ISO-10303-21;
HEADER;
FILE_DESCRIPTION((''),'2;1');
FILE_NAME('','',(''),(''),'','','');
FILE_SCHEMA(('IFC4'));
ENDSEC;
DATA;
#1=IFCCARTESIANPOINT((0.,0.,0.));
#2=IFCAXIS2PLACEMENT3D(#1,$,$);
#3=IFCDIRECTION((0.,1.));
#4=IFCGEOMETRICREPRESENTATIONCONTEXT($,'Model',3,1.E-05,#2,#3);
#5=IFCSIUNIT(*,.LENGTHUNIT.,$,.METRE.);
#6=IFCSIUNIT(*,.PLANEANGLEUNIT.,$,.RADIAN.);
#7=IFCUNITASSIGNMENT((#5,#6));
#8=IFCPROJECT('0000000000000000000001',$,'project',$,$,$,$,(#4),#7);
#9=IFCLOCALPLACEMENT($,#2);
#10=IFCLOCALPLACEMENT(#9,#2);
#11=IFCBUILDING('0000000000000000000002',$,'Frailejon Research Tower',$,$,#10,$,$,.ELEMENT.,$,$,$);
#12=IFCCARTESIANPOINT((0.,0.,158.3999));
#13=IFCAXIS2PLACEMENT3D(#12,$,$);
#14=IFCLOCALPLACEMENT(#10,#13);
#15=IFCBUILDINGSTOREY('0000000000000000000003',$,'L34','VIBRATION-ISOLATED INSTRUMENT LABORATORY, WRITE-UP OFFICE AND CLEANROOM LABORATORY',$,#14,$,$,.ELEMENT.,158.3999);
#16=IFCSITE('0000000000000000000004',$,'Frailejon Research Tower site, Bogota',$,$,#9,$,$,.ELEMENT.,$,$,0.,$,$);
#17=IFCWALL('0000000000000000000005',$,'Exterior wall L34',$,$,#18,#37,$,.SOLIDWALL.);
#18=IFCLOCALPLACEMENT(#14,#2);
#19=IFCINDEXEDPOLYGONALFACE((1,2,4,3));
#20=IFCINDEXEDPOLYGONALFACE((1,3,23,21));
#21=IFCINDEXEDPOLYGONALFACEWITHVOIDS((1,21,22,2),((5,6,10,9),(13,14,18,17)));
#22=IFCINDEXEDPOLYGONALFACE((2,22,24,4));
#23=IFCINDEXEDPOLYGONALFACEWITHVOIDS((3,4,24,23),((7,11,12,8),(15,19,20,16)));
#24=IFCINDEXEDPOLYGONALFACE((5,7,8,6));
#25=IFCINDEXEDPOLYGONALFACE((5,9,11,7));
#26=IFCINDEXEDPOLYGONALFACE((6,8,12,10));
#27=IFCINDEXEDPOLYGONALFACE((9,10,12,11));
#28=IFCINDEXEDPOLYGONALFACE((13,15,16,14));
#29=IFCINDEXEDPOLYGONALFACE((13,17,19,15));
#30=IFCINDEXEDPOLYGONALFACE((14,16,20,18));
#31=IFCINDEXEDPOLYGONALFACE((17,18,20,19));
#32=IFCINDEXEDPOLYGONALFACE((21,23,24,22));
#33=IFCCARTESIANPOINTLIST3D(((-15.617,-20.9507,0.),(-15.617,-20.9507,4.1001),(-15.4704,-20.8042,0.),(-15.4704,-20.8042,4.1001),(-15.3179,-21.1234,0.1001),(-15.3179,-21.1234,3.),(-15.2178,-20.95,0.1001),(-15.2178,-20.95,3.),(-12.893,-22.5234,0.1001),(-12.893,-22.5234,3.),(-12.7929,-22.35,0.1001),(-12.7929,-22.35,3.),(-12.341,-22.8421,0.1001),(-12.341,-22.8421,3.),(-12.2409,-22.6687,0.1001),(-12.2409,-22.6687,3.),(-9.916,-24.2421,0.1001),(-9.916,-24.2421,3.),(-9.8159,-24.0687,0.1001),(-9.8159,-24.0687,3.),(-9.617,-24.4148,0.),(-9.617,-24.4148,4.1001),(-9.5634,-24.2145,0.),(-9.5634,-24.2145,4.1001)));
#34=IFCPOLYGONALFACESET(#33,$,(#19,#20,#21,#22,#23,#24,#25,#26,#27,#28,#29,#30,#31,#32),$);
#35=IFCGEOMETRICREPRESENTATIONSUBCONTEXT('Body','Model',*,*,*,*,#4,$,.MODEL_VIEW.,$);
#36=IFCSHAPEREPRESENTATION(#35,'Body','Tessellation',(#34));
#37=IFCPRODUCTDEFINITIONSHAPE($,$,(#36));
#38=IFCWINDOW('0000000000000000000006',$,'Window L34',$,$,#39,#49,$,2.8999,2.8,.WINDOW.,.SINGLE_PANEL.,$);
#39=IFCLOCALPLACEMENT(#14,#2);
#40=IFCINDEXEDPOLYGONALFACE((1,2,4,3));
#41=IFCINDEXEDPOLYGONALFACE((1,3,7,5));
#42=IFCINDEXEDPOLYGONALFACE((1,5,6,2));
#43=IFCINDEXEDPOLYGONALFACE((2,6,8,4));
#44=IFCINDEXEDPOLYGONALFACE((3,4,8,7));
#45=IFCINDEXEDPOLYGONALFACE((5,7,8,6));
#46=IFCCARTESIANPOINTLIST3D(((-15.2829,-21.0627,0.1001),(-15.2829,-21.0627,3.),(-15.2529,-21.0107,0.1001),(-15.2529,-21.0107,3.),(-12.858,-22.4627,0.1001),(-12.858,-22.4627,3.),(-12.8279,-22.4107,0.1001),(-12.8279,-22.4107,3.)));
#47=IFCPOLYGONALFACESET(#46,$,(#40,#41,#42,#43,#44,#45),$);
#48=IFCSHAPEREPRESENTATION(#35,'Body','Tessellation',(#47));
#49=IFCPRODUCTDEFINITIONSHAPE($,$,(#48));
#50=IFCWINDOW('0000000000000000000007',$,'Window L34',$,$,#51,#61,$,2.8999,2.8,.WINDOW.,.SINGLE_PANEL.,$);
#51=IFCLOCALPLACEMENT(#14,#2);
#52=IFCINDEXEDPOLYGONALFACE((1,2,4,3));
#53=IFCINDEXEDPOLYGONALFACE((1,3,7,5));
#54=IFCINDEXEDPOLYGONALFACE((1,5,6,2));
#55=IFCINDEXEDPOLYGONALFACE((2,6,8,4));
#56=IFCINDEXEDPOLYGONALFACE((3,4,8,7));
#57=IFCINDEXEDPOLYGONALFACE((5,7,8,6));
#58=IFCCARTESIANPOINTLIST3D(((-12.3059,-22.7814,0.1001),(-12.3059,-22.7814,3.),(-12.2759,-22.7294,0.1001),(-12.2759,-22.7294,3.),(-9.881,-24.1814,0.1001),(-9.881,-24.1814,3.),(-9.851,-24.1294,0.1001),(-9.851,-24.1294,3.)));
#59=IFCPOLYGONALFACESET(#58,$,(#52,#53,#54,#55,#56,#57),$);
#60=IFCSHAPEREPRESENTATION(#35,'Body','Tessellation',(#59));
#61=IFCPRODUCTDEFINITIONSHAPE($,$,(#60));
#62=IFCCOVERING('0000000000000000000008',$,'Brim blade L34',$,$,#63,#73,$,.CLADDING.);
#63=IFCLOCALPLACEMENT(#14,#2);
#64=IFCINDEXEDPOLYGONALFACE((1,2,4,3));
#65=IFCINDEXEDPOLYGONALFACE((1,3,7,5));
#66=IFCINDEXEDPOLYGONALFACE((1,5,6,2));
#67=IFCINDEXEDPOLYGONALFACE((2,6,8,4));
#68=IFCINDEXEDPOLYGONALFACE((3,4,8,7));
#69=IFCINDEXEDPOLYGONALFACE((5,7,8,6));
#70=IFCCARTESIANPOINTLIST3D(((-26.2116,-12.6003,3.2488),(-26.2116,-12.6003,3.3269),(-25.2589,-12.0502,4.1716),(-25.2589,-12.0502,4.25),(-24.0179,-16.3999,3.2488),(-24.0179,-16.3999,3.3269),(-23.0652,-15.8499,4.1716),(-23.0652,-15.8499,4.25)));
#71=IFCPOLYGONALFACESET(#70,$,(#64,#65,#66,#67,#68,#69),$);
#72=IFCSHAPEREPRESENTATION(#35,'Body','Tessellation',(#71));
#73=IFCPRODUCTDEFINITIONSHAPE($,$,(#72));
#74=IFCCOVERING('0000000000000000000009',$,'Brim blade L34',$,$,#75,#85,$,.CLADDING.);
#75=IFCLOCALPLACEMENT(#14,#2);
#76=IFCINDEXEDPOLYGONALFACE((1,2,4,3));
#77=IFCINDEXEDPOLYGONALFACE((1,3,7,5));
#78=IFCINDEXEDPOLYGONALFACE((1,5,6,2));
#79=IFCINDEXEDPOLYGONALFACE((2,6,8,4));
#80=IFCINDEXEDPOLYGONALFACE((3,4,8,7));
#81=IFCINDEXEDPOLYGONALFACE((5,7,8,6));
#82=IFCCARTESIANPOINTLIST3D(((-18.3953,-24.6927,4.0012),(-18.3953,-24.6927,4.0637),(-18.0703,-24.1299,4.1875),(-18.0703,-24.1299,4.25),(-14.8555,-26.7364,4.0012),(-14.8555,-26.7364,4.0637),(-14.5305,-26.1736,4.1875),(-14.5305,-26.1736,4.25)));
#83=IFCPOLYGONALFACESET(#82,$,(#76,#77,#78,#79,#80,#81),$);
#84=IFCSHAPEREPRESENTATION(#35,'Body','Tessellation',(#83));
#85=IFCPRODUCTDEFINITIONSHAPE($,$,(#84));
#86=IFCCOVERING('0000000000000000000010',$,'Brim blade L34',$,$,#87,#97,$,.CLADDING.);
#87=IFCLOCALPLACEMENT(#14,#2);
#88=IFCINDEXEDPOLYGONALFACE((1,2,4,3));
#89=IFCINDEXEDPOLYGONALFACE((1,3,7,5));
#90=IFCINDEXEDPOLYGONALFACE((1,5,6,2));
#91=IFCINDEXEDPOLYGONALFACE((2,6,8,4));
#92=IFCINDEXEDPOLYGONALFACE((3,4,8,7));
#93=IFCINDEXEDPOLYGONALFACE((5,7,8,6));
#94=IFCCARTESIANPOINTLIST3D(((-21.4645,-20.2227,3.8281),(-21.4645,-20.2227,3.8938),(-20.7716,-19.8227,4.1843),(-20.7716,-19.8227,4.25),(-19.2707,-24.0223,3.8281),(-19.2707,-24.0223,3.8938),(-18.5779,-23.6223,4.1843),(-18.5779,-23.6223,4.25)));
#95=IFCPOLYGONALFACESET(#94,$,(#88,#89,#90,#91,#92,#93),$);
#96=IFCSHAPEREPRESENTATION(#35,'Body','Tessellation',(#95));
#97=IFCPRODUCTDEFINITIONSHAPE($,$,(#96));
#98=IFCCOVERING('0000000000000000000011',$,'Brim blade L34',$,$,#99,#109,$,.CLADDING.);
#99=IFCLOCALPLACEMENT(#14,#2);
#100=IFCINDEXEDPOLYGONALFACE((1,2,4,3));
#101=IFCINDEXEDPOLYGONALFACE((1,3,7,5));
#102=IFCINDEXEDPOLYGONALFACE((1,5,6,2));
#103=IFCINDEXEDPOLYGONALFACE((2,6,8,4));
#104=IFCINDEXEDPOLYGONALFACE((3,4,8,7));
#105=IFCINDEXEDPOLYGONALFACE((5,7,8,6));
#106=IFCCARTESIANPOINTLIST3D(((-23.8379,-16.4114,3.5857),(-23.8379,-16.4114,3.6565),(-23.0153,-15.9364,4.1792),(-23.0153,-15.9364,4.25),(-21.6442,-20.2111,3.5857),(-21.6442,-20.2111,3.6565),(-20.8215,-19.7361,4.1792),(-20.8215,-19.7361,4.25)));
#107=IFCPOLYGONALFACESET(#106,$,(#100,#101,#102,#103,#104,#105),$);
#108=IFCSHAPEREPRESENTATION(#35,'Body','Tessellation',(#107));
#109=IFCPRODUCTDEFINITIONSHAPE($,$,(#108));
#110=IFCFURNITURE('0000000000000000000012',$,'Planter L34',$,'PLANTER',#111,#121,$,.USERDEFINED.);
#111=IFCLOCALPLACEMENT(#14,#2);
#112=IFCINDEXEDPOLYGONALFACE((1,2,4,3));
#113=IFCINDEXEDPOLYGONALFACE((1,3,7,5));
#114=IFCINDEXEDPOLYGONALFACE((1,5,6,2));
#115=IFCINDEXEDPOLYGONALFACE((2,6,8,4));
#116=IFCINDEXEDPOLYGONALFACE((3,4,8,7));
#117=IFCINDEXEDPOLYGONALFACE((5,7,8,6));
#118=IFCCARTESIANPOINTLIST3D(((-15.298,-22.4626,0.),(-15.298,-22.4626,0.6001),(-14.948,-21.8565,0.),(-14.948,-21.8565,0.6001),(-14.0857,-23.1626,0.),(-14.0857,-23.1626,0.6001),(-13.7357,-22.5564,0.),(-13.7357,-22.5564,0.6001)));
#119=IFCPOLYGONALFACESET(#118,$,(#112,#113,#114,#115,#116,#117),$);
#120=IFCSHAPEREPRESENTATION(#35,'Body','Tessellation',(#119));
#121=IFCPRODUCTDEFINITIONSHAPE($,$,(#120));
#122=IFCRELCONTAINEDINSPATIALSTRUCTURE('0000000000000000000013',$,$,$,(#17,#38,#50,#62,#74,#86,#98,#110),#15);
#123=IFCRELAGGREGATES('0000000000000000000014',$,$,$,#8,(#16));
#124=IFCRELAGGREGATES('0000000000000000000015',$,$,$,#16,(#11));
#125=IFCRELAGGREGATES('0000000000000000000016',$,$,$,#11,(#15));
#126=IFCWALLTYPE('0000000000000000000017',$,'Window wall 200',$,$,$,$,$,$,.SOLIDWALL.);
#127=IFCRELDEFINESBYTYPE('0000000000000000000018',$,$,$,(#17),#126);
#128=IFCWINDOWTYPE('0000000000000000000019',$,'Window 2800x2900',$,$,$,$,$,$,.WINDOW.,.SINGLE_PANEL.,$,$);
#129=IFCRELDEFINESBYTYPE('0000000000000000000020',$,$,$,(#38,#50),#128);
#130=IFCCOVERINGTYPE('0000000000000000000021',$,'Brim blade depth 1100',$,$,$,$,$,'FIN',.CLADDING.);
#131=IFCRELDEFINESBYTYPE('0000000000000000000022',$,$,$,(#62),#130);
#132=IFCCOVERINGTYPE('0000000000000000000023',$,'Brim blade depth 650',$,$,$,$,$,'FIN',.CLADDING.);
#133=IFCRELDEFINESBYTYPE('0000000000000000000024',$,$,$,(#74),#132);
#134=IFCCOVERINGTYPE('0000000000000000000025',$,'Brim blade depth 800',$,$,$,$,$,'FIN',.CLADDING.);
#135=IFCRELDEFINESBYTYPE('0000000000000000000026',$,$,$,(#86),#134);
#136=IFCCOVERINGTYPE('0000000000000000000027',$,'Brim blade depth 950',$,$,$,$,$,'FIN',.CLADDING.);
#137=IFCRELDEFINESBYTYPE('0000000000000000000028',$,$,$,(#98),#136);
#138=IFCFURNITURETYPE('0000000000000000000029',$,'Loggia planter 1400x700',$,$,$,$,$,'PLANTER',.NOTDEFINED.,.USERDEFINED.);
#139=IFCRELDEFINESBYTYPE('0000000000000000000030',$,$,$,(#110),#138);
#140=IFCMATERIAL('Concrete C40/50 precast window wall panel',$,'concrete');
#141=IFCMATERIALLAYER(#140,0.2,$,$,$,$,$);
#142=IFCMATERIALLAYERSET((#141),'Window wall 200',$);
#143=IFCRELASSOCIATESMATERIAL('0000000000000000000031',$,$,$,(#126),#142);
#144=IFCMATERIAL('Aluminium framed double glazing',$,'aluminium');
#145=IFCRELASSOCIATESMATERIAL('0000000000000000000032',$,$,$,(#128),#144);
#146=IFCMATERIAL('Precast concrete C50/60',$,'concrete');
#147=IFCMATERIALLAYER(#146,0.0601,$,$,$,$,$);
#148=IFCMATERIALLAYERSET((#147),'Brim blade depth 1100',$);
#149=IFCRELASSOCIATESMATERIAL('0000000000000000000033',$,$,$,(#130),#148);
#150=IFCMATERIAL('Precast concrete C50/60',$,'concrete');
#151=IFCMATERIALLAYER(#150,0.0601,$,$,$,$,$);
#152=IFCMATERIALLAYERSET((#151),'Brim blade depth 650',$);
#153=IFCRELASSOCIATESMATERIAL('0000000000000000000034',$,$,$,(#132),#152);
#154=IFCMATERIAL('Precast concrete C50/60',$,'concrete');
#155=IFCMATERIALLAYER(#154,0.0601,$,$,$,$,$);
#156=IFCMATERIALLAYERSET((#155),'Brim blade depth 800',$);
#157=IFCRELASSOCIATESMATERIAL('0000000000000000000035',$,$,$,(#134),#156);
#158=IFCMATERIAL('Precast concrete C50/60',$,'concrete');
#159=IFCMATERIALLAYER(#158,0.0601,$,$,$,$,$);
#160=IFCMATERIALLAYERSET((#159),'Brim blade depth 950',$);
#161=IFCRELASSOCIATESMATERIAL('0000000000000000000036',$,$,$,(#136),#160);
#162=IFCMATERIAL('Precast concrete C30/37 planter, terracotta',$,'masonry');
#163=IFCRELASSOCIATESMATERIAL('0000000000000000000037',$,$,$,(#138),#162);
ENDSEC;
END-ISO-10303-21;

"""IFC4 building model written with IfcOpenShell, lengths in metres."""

from ifc_helpers import new_model, si_unit, direction, frame, frame_2d, origin, origin_2d, place, context, subcontext, project, spatial, polyline, rectangle, outline, extrude, material, layer, layer_set, type_object, element, fill, save


model = new_model("IFC4")

# Units and contexts
model_context = context("Model", 3, precision=1e-05, world=origin(), true_north=direction((0.0, 1.0)))
body_context = subcontext(model_context, "Body", "Model", "MODEL_VIEW")
ifc_project = project(units=[si_unit("LENGTHUNIT", "METRE"), si_unit("PLANEANGLEUNIT", "RADIAN")], contexts=[model_context])

# Site, building, storey
site_placement = place(None, origin())
site = spatial("IfcSite", under=ifc_project, at=site_placement, Name="Frailejon Research Tower site, Bogota", CompositionType="ELEMENT", RefElevation=0.0)
building_placement = place(site_placement, origin())
building = spatial("IfcBuilding", under=site, at=building_placement, Name="Frailejon Research Tower", CompositionType="ELEMENT")
storey_placement = place(building_placement, frame((0.0, 0.0, 158.3999)))
storey = spatial("IfcBuildingStorey", under=building, at=storey_placement, Name="L34", Description="VIBRATION-ISOLATED INSTRUMENT LABORATORY, WRITE-UP OFFICE AND CLEANROOM LABORATORY", CompositionType="ELEMENT", Elevation=158.3999)

# Wall, openings, windows
ifc_material_1 = material(Name="Concrete C40/50 precast window wall panel", Category="concrete")
ifc_layer_1 = layer(ifc_material_1, 0.2)
ifc_layer_set_1 = layer_set([ifc_layer_1], Name="Window wall 200")
wall_type_1 = type_object("IfcWallType", Name="Window wall 200", PredefinedType="SOLIDWALL", material=ifc_layer_set_1)
wall_1_placement = place(storey_placement, frame((-15.5437, -20.8774, 0.0), z_axis=(0.0, 0.0, 1.0), x_axis=(0.866029, -0.499993, 0.0)))
wall_1 = element("IfcWall", 1, at=wall_1_placement, inside=storey, type_object=wall_type_1, Name="Exterior wall L34", PredefinedType="SOLIDWALL", context=body_context, shape_type="SweptSolid", body=[
    extrude(outline(polyline([(-0.0269, -0.1001), (1.1279, -0.1001), (2.2825, -0.1001), (3.4373, -0.1001), (4.592, -0.1001), (5.7466, -0.1001), (6.9014, -0.1001), (6.8477, 0.1001), (5.7109, 0.1001), (4.574, 0.1001), (3.4373, 0.1001), (2.3005, 0.1001), (1.1636, 0.1001), (0.0269, 0.1001), (-0.0269, -0.1001)])), origin(), (0.0, 0.0, 1.0), 4.1001),
])
opening_1_placement = place(wall_1_placement, frame((0.3186, 0.0, 0.1001)))
opening_1 = element("IfcOpeningElement", 2, at=opening_1_placement, cuts=wall_1, PredefinedType="OPENING", context=body_context, shape_type="SweptSolid", body=[
    extrude(rectangle(XDim=2.8, YDim=2.8999, at=frame_2d((1.3999, 1.45))), frame((0.0, 0.1099, 0.0), z_axis=(0.0, -1.0, 0.0), x_axis=(1.0, 0.0, 0.0)), (0.0, 0.0, 1.0), 0.22),
])
opening_2_placement = place(wall_1_placement, frame((3.7561, 0.0, 0.1001)))
opening_2 = element("IfcOpeningElement", 3, at=opening_2_placement, cuts=wall_1, PredefinedType="OPENING", context=body_context, shape_type="SweptSolid", body=[
    extrude(rectangle(XDim=2.8, YDim=2.8999, at=frame_2d((1.3999, 1.45))), frame((0.0, 0.1099, 0.0), z_axis=(0.0, -1.0, 0.0), x_axis=(1.0, 0.0, 0.0)), (0.0, 0.0, 1.0), 0.22),
])
ifc_material_2 = material(Name="Aluminium framed double glazing", Category="aluminium")
window_type = type_object("IfcWindowType", Name="Window 2800x2900", PartitioningType="SINGLE_PANEL", PredefinedType="WINDOW", material=ifc_material_2)
window_1_placement = place(opening_1_placement, origin())
window_1 = element("IfcWindow", 4, at=window_1_placement, inside=storey, type_object=window_type, Name="Window L34", OverallHeight=2.8999, OverallWidth=2.8, PartitioningType="SINGLE_PANEL", PredefinedType="WINDOW", context=body_context, shape_type="SweptSolid", body=[
    extrude(rectangle(XDim=2.8, YDim=2.8999, at=frame_2d((1.3999, 1.45))), frame((0.0, 0.03, 0.0), z_axis=(0.0, -1.0, 0.0), x_axis=(1.0, 0.0, 0.0)), (0.0, 0.0, 1.0), 0.0601),
])
fill(opening_1, window_1)
window_2_placement = place(opening_2_placement, origin())
window_2 = element("IfcWindow", 5, at=window_2_placement, inside=storey, type_object=window_type, Name="Window L34", OverallHeight=2.8999, OverallWidth=2.8, PartitioningType="SINGLE_PANEL", PredefinedType="WINDOW", context=body_context, shape_type="SweptSolid", body=[
    extrude(rectangle(XDim=2.8, YDim=2.8999, at=frame_2d((1.3999, 1.45))), frame((0.0, 0.03, 0.0), z_axis=(0.0, -1.0, 0.0), x_axis=(1.0, 0.0, 0.0)), (0.0, 0.0, 1.0), 0.0601),
])
fill(opening_2, window_2)

# Coverings
ifc_material_3 = material(Name="Precast concrete C50/60", Category="concrete")
ifc_layer_2 = layer(ifc_material_3, 0.0601)
ifc_layer_set_2 = layer_set([ifc_layer_2], Name="Brim blade depth 1100")
covering_type_1 = type_object("IfcCoveringType", Name="Brim blade depth 1100", ElementType="FIN", PredefinedType="CLADDING", material=ifc_layer_set_2)
covering_1_placement = place(storey_placement, frame((-23.0652, -15.8499, 4.25), z_axis=(-0.5, 0.866025, 0.0), x_axis=(-0.866025, -0.5, 0.0)))
element("IfcCovering", 6, at=covering_1_placement, inside=storey, type_object=covering_type_1, Name="Brim blade L34", PredefinedType="CLADDING", context=body_context, shape_type="SweptSolid", body=[
    extrude(outline(polyline([(0.0, -0.0784), (1.1001, -1.0012), (1.1001, -0.9231), (0.0, 0.0), (0.0, -0.0784)])), origin(), (0.0, 0.0, 1.0), 4.3875),
])
ifc_material_4 = material(Name="Precast concrete C50/60", Category="concrete")
ifc_layer_3 = layer(ifc_material_4, 0.0601)
ifc_layer_set_3 = layer_set([ifc_layer_3], Name="Brim blade depth 650")
covering_type_2 = type_object("IfcCoveringType", Name="Brim blade depth 650", ElementType="FIN", PredefinedType="CLADDING", material=ifc_layer_set_3)
covering_2_placement = place(storey_placement, frame((-14.5305, -26.1736, 4.25), z_axis=(-0.866021, 0.500007, 0.0), x_axis=(-0.500007, -0.866021, 0.0)))
element("IfcCovering", 7, at=covering_2_placement, inside=storey, type_object=covering_type_2, Name="Brim blade L34", PredefinedType="CLADDING", context=body_context, shape_type="SweptSolid", body=[
    extrude(outline(polyline([(0.0, -0.0625), (0.6499, -0.2488), (0.6499, -0.1863), (0.0, 0.0), (0.0, -0.0625)])), origin(), (0.0, 0.0, 1.0), 4.0874),
])
ifc_material_5 = material(Name="Precast concrete C50/60", Category="concrete")
ifc_layer_4 = layer(ifc_material_5, 0.0601)
ifc_layer_set_4 = layer_set([ifc_layer_4], Name="Brim blade depth 800")
covering_type_3 = type_object("IfcCoveringType", Name="Brim blade depth 800", ElementType="FIN", PredefinedType="CLADDING", material=ifc_layer_set_4)
covering_3_placement = place(storey_placement, frame((-18.5779, -23.6223, 4.25), z_axis=(-0.5, 0.866025, 0.0), x_axis=(-0.866025, -0.5, 0.0)))
element("IfcCovering", 8, at=covering_3_placement, inside=storey, type_object=covering_type_3, Name="Brim blade L34", PredefinedType="CLADDING", context=body_context, shape_type="SweptSolid", body=[
    extrude(outline(polyline([(0.0, -0.0657), (0.8, -0.4219), (0.8, -0.3562), (0.0, 0.0), (0.0, -0.0657)])), origin(), (0.0, 0.0, 1.0), 4.3875),
])
ifc_material_6 = material(Name="Precast concrete C50/60", Category="concrete")
ifc_layer_5 = layer(ifc_material_6, 0.0601)
ifc_layer_set_5 = layer_set([ifc_layer_5], Name="Brim blade depth 950")
covering_type_4 = type_object("IfcCoveringType", Name="Brim blade depth 950", ElementType="FIN", PredefinedType="CLADDING", material=ifc_layer_set_5)
covering_4_placement = place(storey_placement, frame((-20.8215, -19.7361, 4.25), z_axis=(-0.5, 0.866025, 0.0), x_axis=(-0.866025, -0.5, 0.0)))
element("IfcCovering", 9, at=covering_4_placement, inside=storey, type_object=covering_type_4, Name="Brim blade L34", PredefinedType="CLADDING", context=body_context, shape_type="SweptSolid", body=[
    extrude(outline(polyline([(0.0, -0.0708), (0.95, -0.6643), (0.95, -0.5935), (0.0, 0.0), (0.0, -0.0708)])), origin(), (0.0, 0.0, 1.0), 4.3875),
])

# Furniture
ifc_material_7 = material(Name="Precast concrete C30/37 planter, terracotta", Category="masonry")
furniture_type = type_object("IfcFurnitureType", Name="Loggia planter 1400x700", ElementType="PLANTER", AssemblyPlace="NOTDEFINED", PredefinedType="USERDEFINED", material=ifc_material_7)
furniture_placement = place(storey_placement, frame((-14.5168, -22.5095, 0.0), z_axis=(0.0, 0.0, 1.0), x_axis=(0.866025, -0.5, 0.0)))
element("IfcFurniture", 10, at=furniture_placement, inside=storey, type_object=furniture_type, Name="Planter L34", ObjectType="PLANTER", PredefinedType="USERDEFINED", context=body_context, shape_type="SweptSolid", body=[
    extrude(rectangle(XDim=1.3999, YDim=0.7, at=origin_2d()), origin(), (0.0, 0.0, 1.0), 0.6001),
])

save(model, "model.ifc")
